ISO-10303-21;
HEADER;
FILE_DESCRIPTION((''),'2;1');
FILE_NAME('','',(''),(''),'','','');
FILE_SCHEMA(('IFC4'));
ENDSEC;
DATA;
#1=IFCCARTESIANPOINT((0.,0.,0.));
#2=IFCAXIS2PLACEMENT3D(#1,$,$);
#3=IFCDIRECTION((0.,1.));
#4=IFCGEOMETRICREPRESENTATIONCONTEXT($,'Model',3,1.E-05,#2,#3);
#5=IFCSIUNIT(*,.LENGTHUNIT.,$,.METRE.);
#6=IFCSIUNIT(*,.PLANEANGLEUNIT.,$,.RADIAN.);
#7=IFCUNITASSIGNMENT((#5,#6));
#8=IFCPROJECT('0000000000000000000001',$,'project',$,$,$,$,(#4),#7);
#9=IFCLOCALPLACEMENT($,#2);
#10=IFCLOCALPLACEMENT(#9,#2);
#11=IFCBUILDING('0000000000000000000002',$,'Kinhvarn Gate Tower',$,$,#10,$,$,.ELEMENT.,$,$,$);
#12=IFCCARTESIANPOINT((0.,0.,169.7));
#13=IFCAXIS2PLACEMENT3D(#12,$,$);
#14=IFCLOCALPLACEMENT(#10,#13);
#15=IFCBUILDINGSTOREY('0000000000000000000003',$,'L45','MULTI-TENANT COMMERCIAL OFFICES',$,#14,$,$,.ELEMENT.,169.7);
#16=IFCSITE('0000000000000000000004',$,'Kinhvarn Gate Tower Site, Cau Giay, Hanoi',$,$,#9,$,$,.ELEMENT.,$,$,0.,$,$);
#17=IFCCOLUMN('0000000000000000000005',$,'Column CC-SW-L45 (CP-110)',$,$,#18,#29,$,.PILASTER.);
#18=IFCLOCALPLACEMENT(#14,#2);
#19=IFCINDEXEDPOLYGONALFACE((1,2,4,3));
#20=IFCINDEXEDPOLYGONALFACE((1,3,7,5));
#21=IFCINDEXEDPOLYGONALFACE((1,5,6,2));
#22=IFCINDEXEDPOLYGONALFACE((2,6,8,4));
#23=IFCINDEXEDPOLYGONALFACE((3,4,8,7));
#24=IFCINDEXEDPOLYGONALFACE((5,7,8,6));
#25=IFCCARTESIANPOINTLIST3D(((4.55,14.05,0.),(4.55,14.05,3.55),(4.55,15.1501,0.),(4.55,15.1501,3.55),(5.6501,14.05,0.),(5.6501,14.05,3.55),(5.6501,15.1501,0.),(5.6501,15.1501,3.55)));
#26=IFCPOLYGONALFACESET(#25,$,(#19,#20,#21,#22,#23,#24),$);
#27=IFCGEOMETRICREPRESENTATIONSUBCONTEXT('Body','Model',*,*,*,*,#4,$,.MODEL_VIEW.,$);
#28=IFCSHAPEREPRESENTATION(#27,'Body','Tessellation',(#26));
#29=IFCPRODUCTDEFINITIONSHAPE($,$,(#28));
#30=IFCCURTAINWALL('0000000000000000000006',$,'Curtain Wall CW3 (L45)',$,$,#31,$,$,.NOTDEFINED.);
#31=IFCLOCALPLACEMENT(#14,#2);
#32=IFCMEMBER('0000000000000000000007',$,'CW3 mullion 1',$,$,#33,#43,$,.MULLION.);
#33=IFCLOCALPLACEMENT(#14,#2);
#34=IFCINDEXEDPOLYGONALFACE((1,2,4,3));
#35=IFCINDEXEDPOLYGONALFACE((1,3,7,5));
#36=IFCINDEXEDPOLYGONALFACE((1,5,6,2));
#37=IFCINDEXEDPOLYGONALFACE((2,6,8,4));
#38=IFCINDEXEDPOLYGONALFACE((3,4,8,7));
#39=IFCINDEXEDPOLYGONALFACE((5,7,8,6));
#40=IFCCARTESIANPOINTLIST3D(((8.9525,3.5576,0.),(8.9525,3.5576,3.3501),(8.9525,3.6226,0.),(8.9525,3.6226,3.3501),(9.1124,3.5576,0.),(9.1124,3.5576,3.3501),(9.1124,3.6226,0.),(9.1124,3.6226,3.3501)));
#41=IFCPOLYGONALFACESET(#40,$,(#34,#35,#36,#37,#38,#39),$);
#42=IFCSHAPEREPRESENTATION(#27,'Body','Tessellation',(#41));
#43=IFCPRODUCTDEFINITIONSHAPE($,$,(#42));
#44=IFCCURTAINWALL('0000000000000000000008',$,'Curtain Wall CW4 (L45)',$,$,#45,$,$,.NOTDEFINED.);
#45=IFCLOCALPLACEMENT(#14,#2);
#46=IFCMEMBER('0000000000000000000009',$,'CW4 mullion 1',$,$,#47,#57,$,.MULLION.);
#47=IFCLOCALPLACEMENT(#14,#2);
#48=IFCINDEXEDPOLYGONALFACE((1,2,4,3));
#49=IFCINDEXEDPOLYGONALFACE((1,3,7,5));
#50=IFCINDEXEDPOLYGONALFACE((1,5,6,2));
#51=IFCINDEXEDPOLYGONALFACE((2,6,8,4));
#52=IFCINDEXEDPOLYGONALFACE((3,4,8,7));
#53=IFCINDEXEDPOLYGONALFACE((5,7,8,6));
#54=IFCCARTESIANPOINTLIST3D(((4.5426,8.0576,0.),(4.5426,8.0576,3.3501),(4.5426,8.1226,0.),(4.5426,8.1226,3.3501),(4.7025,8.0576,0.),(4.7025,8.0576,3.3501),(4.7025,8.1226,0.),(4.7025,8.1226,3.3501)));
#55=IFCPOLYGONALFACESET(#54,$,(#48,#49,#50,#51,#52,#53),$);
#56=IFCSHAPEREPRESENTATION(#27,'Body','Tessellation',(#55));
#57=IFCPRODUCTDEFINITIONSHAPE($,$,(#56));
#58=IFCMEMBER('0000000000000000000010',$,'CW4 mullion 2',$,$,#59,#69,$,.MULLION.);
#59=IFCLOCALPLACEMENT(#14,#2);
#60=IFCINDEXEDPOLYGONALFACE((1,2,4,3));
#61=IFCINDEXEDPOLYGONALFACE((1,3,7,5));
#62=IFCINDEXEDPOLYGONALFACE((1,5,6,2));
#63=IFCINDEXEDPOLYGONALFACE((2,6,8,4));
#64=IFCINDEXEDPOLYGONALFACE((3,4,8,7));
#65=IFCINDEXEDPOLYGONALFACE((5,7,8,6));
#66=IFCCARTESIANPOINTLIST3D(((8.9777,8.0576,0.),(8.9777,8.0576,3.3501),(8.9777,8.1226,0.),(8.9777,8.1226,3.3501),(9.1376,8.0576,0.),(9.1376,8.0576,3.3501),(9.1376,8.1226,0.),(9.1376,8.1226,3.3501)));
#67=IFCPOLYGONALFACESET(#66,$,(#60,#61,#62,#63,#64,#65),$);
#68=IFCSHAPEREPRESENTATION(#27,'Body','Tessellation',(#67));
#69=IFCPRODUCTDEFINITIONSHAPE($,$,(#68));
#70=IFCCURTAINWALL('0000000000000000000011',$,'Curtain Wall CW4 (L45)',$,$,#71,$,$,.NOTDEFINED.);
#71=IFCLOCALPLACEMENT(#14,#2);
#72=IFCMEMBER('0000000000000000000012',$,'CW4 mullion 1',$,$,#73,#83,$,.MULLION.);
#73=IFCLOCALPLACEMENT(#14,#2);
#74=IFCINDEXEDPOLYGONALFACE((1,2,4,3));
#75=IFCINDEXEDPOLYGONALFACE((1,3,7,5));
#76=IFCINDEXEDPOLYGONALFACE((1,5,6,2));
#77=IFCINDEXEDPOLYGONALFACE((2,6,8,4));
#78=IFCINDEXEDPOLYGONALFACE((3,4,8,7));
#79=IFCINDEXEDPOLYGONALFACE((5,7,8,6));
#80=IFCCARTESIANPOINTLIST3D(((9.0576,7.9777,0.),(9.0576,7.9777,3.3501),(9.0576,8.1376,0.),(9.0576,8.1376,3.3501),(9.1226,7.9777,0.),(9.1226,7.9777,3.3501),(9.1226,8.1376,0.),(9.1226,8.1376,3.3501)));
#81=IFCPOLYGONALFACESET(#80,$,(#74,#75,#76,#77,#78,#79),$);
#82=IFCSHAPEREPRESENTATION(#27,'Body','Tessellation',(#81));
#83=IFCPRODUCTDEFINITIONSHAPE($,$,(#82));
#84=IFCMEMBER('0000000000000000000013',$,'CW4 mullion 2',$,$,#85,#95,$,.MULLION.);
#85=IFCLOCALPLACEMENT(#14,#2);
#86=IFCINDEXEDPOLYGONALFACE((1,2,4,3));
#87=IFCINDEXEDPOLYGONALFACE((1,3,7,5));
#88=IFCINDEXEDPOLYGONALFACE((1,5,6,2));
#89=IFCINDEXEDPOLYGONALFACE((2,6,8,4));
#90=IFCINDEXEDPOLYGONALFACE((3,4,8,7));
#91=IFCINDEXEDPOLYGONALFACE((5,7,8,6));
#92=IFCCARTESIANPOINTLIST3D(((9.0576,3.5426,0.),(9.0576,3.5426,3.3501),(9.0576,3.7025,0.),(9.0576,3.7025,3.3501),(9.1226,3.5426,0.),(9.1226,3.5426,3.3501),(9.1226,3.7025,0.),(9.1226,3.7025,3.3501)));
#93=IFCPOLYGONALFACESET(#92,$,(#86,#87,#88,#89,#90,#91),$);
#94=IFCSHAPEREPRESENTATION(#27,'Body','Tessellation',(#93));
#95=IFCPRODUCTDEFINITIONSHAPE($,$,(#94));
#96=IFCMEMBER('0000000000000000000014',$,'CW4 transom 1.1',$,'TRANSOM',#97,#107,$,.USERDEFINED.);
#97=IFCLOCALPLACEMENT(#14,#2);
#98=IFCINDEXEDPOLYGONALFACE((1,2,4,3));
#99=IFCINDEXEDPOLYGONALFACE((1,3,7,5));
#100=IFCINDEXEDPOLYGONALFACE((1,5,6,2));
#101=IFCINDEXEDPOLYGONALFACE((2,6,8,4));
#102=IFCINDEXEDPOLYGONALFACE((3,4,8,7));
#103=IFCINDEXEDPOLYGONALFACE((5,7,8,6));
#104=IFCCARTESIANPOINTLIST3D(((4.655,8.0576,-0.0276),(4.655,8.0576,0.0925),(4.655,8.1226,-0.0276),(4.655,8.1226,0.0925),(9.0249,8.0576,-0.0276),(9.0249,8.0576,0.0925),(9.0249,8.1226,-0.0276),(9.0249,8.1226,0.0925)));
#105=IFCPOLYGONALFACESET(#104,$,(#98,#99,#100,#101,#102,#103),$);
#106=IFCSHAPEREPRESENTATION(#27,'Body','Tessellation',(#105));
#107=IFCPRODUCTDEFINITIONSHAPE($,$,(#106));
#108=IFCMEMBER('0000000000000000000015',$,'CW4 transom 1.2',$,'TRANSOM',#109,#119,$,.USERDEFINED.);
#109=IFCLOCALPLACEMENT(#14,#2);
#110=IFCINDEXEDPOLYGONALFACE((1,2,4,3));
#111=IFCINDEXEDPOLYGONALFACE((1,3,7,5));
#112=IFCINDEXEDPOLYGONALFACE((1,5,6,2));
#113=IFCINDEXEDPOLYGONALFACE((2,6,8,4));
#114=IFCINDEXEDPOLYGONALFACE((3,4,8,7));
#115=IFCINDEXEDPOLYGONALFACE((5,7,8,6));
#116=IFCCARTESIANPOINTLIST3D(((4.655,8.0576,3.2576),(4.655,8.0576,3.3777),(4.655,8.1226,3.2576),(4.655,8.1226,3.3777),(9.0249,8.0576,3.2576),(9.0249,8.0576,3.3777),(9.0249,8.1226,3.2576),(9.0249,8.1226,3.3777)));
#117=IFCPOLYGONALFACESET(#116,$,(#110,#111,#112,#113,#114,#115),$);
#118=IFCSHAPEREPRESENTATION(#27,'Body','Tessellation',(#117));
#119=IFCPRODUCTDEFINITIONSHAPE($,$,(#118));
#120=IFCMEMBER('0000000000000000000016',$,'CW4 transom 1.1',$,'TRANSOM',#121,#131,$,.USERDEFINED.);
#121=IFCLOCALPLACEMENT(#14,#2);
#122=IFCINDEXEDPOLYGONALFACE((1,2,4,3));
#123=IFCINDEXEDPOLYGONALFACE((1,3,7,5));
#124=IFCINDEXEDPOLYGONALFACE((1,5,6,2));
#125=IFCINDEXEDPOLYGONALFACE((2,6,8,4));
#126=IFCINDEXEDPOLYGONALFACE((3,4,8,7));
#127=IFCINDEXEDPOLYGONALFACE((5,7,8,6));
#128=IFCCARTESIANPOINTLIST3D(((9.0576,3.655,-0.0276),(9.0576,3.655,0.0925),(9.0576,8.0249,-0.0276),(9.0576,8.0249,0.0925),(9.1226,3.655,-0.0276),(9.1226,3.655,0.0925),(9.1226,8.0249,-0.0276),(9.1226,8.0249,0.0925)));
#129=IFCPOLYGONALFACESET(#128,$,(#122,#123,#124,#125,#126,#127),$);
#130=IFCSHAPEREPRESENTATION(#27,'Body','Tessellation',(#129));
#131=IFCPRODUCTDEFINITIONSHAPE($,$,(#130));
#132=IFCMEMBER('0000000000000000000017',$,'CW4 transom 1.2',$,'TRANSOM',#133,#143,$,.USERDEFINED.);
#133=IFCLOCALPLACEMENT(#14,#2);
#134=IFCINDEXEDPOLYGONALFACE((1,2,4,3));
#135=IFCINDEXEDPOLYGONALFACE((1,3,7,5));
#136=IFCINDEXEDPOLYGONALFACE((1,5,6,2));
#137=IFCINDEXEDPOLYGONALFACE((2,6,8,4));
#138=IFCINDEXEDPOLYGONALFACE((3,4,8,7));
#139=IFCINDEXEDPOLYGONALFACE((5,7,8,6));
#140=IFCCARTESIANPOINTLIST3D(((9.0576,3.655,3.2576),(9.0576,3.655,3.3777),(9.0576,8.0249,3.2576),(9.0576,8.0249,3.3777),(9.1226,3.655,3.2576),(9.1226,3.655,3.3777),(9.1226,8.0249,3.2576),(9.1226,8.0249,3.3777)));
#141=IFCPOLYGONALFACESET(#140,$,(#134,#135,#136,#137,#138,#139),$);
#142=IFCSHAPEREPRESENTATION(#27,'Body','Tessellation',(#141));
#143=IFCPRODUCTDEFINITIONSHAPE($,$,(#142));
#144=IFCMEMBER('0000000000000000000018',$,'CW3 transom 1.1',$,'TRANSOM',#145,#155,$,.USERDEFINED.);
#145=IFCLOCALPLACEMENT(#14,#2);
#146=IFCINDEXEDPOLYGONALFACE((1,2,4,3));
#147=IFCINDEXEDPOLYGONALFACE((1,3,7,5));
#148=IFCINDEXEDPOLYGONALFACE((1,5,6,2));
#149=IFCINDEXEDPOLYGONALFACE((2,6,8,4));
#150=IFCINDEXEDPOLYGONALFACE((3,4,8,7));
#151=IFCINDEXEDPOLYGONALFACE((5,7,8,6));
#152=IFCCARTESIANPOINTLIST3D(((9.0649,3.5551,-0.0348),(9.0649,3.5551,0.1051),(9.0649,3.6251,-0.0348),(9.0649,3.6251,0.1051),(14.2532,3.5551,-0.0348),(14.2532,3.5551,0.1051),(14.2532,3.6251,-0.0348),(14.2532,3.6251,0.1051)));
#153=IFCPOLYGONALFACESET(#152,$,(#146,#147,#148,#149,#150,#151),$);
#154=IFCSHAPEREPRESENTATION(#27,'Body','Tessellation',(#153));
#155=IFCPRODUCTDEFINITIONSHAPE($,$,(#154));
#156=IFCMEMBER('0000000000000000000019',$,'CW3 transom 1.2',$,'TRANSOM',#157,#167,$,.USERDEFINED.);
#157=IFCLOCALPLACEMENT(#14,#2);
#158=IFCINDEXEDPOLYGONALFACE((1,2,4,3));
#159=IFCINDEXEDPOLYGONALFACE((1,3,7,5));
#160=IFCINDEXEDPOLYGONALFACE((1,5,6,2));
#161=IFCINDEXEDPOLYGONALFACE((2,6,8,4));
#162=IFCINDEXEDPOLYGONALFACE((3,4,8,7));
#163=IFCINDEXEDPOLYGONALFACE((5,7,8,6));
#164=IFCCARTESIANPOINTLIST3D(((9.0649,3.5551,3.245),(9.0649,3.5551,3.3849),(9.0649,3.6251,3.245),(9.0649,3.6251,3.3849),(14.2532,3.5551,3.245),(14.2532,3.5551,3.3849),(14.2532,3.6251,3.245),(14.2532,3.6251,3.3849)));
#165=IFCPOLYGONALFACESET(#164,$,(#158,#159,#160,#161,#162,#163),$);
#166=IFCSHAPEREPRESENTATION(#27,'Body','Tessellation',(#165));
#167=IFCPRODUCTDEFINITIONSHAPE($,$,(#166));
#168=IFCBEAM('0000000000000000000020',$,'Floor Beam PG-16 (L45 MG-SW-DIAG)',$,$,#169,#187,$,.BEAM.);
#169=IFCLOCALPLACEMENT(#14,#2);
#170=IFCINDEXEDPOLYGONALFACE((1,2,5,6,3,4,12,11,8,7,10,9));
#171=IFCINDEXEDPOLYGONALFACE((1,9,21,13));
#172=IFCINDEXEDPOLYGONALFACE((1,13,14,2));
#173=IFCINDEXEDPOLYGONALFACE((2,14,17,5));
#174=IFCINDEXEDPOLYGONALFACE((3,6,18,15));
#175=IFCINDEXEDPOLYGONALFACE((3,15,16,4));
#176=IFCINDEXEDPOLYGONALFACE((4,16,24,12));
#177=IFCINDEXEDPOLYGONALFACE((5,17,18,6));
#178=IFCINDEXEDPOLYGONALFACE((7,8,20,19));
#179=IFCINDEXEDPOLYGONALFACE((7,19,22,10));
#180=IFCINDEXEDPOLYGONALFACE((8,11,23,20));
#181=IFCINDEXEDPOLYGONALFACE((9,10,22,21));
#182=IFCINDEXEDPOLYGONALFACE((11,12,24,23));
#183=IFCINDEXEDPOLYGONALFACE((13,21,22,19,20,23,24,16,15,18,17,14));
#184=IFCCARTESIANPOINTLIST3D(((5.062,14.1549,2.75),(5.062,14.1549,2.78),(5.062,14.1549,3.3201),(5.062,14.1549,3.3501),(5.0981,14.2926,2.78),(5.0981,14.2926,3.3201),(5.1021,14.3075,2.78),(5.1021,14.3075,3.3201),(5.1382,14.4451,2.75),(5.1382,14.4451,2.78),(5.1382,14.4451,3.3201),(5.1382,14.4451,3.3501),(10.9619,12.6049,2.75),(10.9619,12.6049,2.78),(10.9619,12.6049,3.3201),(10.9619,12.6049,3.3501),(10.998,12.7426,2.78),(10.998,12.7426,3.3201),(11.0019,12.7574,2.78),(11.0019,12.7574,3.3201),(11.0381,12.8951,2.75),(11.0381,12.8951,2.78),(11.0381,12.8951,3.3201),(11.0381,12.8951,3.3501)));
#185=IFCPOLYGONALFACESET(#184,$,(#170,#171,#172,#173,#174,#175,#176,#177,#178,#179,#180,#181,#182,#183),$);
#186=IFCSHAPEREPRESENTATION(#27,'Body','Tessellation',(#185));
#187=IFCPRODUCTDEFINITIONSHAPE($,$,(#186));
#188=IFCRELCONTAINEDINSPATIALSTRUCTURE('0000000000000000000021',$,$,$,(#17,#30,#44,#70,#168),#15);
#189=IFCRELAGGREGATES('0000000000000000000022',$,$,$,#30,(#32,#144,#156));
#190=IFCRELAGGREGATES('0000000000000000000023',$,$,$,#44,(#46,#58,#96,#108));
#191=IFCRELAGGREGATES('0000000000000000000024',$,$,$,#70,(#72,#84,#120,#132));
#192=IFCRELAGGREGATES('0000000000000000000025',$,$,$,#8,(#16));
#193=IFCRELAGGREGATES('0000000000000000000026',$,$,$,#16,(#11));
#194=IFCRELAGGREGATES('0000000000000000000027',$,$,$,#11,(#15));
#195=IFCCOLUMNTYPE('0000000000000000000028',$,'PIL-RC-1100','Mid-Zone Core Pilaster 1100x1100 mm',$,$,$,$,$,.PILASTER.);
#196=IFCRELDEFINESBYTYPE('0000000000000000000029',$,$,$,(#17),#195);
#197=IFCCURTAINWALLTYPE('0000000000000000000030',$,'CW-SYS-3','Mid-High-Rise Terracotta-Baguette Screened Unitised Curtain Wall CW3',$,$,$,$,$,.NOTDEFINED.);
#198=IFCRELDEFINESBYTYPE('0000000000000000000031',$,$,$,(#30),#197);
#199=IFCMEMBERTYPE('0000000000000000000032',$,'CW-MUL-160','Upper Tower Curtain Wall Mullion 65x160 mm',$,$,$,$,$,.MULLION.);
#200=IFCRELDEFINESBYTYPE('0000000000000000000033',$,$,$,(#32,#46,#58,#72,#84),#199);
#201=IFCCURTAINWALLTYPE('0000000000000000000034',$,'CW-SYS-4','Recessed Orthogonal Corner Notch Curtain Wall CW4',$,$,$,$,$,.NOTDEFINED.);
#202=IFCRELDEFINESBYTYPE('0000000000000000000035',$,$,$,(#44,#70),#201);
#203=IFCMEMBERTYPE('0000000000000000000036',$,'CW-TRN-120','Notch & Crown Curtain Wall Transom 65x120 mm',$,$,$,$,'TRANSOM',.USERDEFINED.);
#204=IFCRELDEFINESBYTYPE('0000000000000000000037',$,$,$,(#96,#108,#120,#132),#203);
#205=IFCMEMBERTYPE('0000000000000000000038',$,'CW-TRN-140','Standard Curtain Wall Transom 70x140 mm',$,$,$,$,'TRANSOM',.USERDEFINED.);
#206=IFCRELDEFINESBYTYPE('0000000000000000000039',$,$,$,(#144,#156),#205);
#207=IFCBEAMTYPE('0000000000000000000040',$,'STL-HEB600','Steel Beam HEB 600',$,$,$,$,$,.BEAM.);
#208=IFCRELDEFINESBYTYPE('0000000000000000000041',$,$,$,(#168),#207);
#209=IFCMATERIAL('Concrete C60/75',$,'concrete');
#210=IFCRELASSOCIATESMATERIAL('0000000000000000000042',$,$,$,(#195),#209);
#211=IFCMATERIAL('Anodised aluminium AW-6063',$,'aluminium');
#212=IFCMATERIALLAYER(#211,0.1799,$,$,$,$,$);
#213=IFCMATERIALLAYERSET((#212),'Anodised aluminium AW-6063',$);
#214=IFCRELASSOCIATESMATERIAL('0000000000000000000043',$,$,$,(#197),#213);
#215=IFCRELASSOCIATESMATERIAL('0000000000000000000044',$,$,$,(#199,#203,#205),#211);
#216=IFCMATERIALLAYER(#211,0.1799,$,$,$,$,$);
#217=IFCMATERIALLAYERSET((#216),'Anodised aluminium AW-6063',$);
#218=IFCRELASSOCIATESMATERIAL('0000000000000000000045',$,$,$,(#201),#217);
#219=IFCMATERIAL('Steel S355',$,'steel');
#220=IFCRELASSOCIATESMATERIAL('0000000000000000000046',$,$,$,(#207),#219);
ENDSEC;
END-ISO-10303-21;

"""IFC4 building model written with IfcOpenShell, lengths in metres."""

from ifc_helpers import new_model, si_unit, direction, frame, origin, origin_2d, place, context, subcontext, project, spatial, rectangle, i_section, extrude, material, layer, layer_set, material_profile, profile_set, type_object, element, aggregate, save


model = new_model("IFC4")

# Units and contexts
model_context = context("Model", 3, precision=1e-05, world=origin(), true_north=direction((0.0, 1.0)))
body_context = subcontext(model_context, "Body", "Model", "MODEL_VIEW")
ifc_project = project(units=[si_unit("LENGTHUNIT", "METRE"), si_unit("PLANEANGLEUNIT", "RADIAN")], contexts=[model_context])

# Site, building, storey
site_placement = place(None, origin())
site = spatial("IfcSite", under=ifc_project, at=site_placement, Name="Kinhvarn Gate Tower Site, Cau Giay, Hanoi", CompositionType="ELEMENT", RefElevation=0.0)
building_placement = place(site_placement, origin())
building = spatial("IfcBuilding", under=site, at=building_placement, Name="Kinhvarn Gate Tower", CompositionType="ELEMENT")
storey_placement = place(building_placement, frame((0.0, 0.0, 169.7)))
storey = spatial("IfcBuildingStorey", under=building, at=storey_placement, Name="L45", Description="MULTI-TENANT COMMERCIAL OFFICES", CompositionType="ELEMENT", Elevation=169.7)

# Column
ifc_material_1 = material(Name="Concrete C60/75", Category="concrete")
ifc_material_profile_1 = material_profile(ifc_material_1, rectangle(XDim=1.1001, YDim=1.1001, at=origin_2d()), Name="RC 1100x1100")
ifc_profile_set_1 = profile_set([ifc_material_profile_1], Name="Concrete C60/75")
column_type = type_object("IfcColumnType", Name="PIL-RC-1100", Description="Mid-Zone Core Pilaster 1100x1100 mm", PredefinedType="PILASTER", material=ifc_profile_set_1)
column_placement = place(storey_placement, frame((5.1001, 14.6001, 0.0), z_axis=(0.0, 0.0, 1.0), x_axis=(1.0, 0.0, 0.0)))
element("IfcColumn", 1, at=column_placement, inside=storey, type_object=column_type, Name="Column CC-SW-L45 (CP-110)", PredefinedType="PILASTER", context=body_context, shape_type="SweptSolid", body=[
    extrude(rectangle(XDim=1.1001, YDim=1.1001, at=origin_2d()), origin(), (0.0, 0.0, 1.0), 3.55),
])

# Curtain wall, member
ifc_material_2 = material(Name="Anodised aluminium AW-6063", Category="aluminium")
ifc_layer_1 = layer(ifc_material_2, 0.1799)
ifc_layer_set_1 = layer_set([ifc_layer_1], Name="Anodised aluminium AW-6063")
curtain_wall_type_1 = type_object("IfcCurtainWallType", Name="CW-SYS-3", Description="Mid-High-Rise Terracotta-Baguette Screened Unitised Curtain Wall CW3", PredefinedType="NOTDEFINED", material=ifc_layer_set_1)
curtain_wall_1_placement = place(storey_placement, origin())
curtain_wall_1 = element("IfcCurtainWall", 2, at=curtain_wall_1_placement, inside=storey, type_object=curtain_wall_type_1, Name="Curtain Wall CW3 (L45)", PredefinedType="NOTDEFINED")
ifc_material_profile_2 = material_profile(ifc_material_2, rectangle(XDim=0.0649, YDim=0.1599, at=origin_2d()), Name="ALU 65x160")
ifc_profile_set_2 = profile_set([ifc_material_profile_2], Name="Anodised aluminium AW-6063")
member_type_1 = type_object("IfcMemberType", Name="CW-MUL-160", Description="Upper Tower Curtain Wall Mullion 65x160 mm", PredefinedType="MULLION", material=ifc_profile_set_2)
member_1_placement = place(storey_placement, frame((9.0325, 3.5901, 0.0), z_axis=(0.0, 0.0, 1.0), x_axis=(0.0, 1.0, 0.0)))
member_1 = element("IfcMember", 3, at=member_1_placement, type_object=member_type_1, Name="CW3 mullion 1", PredefinedType="MULLION", context=body_context, shape_type="SweptSolid", body=[
    extrude(rectangle(XDim=0.0649, YDim=0.1599, at=origin_2d()), origin(), (0.0, 0.0, 1.0), 3.3501),
])

# Curtain walls, members
ifc_layer_2 = layer(ifc_material_2, 0.1799)
ifc_layer_set_2 = layer_set([ifc_layer_2], Name="Anodised aluminium AW-6063")
curtain_wall_type_2 = type_object("IfcCurtainWallType", Name="CW-SYS-4", Description="Recessed Orthogonal Corner Notch Curtain Wall CW4", PredefinedType="NOTDEFINED", material=ifc_layer_set_2)
curtain_wall_2_placement = place(storey_placement, origin())
curtain_wall_2 = element("IfcCurtainWall", 4, at=curtain_wall_2_placement, inside=storey, type_object=curtain_wall_type_2, Name="Curtain Wall CW4 (L45)", PredefinedType="NOTDEFINED")
member_2_placement = place(storey_placement, frame((4.6226, 8.0901, 0.0), z_axis=(0.0, 0.0, 1.0), x_axis=(0.0, 1.0, 0.0)))
member_2 = element("IfcMember", 5, at=member_2_placement, type_object=member_type_1, Name="CW4 mullion 1", PredefinedType="MULLION", context=body_context, shape_type="SweptSolid", body=[
    extrude(rectangle(XDim=0.0649, YDim=0.1599, at=origin_2d()), origin(), (0.0, 0.0, 1.0), 3.3501),
])
member_3_placement = place(storey_placement, frame((9.0576, 8.0901, 0.0), z_axis=(0.0, 0.0, 1.0), x_axis=(0.0, 1.0, 0.0)))
member_3 = element("IfcMember", 6, at=member_3_placement, type_object=member_type_1, Name="CW4 mullion 2", PredefinedType="MULLION", context=body_context, shape_type="SweptSolid", body=[
    extrude(rectangle(XDim=0.0649, YDim=0.1599, at=origin_2d()), origin(), (0.0, 0.0, 1.0), 3.3501),
])
curtain_wall_3_placement = place(storey_placement, origin())
curtain_wall_3 = element("IfcCurtainWall", 7, at=curtain_wall_3_placement, inside=storey, type_object=curtain_wall_type_2, Name="Curtain Wall CW4 (L45)", PredefinedType="NOTDEFINED")
member_4_placement = place(storey_placement, frame((9.0901, 8.0576, 0.0), z_axis=(0.0, 0.0, 1.0), x_axis=(1.0, 0.0, 0.0)))
member_4 = element("IfcMember", 8, at=member_4_placement, type_object=member_type_1, Name="CW4 mullion 1", PredefinedType="MULLION", context=body_context, shape_type="SweptSolid", body=[
    extrude(rectangle(XDim=0.0649, YDim=0.1599, at=origin_2d()), origin(), (0.0, 0.0, 1.0), 3.3501),
])
member_5_placement = place(storey_placement, frame((9.0901, 3.6226, 0.0), z_axis=(0.0, 0.0, 1.0), x_axis=(1.0, 0.0, 0.0)))
member_5 = element("IfcMember", 9, at=member_5_placement, type_object=member_type_1, Name="CW4 mullion 2", PredefinedType="MULLION", context=body_context, shape_type="SweptSolid", body=[
    extrude(rectangle(XDim=0.0649, YDim=0.1599, at=origin_2d()), origin(), (0.0, 0.0, 1.0), 3.3501),
])

# Members
ifc_material_profile_3 = material_profile(ifc_material_2, rectangle(XDim=0.0649, YDim=0.1201, at=origin_2d()), Name="ALU 65x120")
ifc_profile_set_3 = profile_set([ifc_material_profile_3], Name="Anodised aluminium AW-6063")
member_type_2 = type_object("IfcMemberType", Name="CW-TRN-120", Description="Notch & Crown Curtain Wall Transom 65x120 mm", ElementType="TRANSOM", PredefinedType="USERDEFINED", material=ifc_profile_set_3)
member_6_placement = place(storey_placement, frame((4.655, 8.0901, 0.0325), z_axis=(1.0, 0.0, 0.0), x_axis=(0.0, 1.0, 0.0)))
member_6 = element("IfcMember", 10, at=member_6_placement, type_object=member_type_2, Name="CW4 transom 1.1", ObjectType="TRANSOM", PredefinedType="USERDEFINED", context=body_context, shape_type="SweptSolid", body=[
    extrude(rectangle(XDim=0.0649, YDim=0.1201, at=origin_2d()), origin(), (0.0, 0.0, 1.0), 4.3699),
])
member_7_placement = place(storey_placement, frame((4.655, 8.0901, 3.3176), z_axis=(1.0, 0.0, 0.0), x_axis=(0.0, 1.0, 0.0)))
member_7 = element("IfcMember", 11, at=member_7_placement, type_object=member_type_2, Name="CW4 transom 1.2", ObjectType="TRANSOM", PredefinedType="USERDEFINED", context=body_context, shape_type="SweptSolid", body=[
    extrude(rectangle(XDim=0.0649, YDim=0.1201, at=origin_2d()), origin(), (0.0, 0.0, 1.0), 4.3699),
])
member_8_placement = place(storey_placement, frame((9.0901, 8.0249, 0.0325), z_axis=(0.0, -1.0, 0.0), x_axis=(1.0, 0.0, 0.0)))
member_8 = element("IfcMember", 12, at=member_8_placement, type_object=member_type_2, Name="CW4 transom 1.1", ObjectType="TRANSOM", PredefinedType="USERDEFINED", context=body_context, shape_type="SweptSolid", body=[
    extrude(rectangle(XDim=0.0649, YDim=0.1201, at=origin_2d()), origin(), (0.0, 0.0, 1.0), 4.3699),
])
member_9_placement = place(storey_placement, frame((9.0901, 8.0249, 3.3176), z_axis=(0.0, -1.0, 0.0), x_axis=(1.0, 0.0, 0.0)))
member_9 = element("IfcMember", 13, at=member_9_placement, type_object=member_type_2, Name="CW4 transom 1.2", ObjectType="TRANSOM", PredefinedType="USERDEFINED", context=body_context, shape_type="SweptSolid", body=[
    extrude(rectangle(XDim=0.0649, YDim=0.1201, at=origin_2d()), origin(), (0.0, 0.0, 1.0), 4.3699),
])
ifc_material_profile_4 = material_profile(ifc_material_2, rectangle(XDim=0.0701, YDim=0.1399, at=origin_2d()), Name="ALU 70x140")
ifc_profile_set_4 = profile_set([ifc_material_profile_4], Name="Anodised aluminium AW-6063")
member_type_3 = type_object("IfcMemberType", Name="CW-TRN-140", Description="Standard Curtain Wall Transom 70x140 mm", ElementType="TRANSOM", PredefinedType="USERDEFINED", material=ifc_profile_set_4)
member_10_placement = place(storey_placement, frame((9.0649, 3.5901, 0.0352), z_axis=(1.0, 0.0, 0.0), x_axis=(0.0, 1.0, 0.0)))
member_10 = element("IfcMember", 14, at=member_10_placement, type_object=member_type_3, Name="CW3 transom 1.1", ObjectType="TRANSOM", PredefinedType="USERDEFINED", context=body_context, shape_type="SweptSolid", body=[
    extrude(rectangle(XDim=0.0701, YDim=0.1399, at=origin_2d()), origin(), (0.0, 0.0, 1.0), 5.1882),
])
member_11_placement = place(storey_placement, frame((9.0649, 3.5901, 3.3149), z_axis=(1.0, 0.0, 0.0), x_axis=(0.0, 1.0, 0.0)))
member_11 = element("IfcMember", 15, at=member_11_placement, type_object=member_type_3, Name="CW3 transom 1.2", ObjectType="TRANSOM", PredefinedType="USERDEFINED", context=body_context, shape_type="SweptSolid", body=[
    extrude(rectangle(XDim=0.0701, YDim=0.1399, at=origin_2d()), origin(), (0.0, 0.0, 1.0), 5.1882),
])
aggregate(curtain_wall_1, [member_1, member_10, member_11])

# Beam
ifc_material_3 = material(Name="Steel S355", Category="steel")
ifc_material_profile_5 = material_profile(ifc_material_3, i_section(OverallWidth=0.3, OverallDepth=0.6001, WebThickness=0.0154, FlangeThickness=0.03, at=origin_2d()), Name="HEB 600")
ifc_profile_set_5 = profile_set([ifc_material_profile_5], Name="Steel S355")
beam_type = type_object("IfcBeamType", Name="STL-HEB600", Description="Steel Beam HEB 600", PredefinedType="BEAM", material=ifc_profile_set_5)
beam_placement = place(storey_placement, frame((5.1001, 14.3, 3.05), z_axis=(0.967178, -0.254101, 0.0), x_axis=(0.254101, 0.967178, 0.0)))
element("IfcBeam", 16, at=beam_placement, inside=storey, type_object=beam_type, Name="Floor Beam PG-16 (L45 MG-SW-DIAG)", PredefinedType="BEAM", context=body_context, shape_type="SweptSolid", body=[
    extrude(i_section(OverallWidth=0.3, OverallDepth=0.6001, WebThickness=0.0154, FlangeThickness=0.03, at=origin_2d()), origin(), (0.0, 0.0, 1.0), 6.1001),
])

aggregate(curtain_wall_2, [member_2, member_3, member_6, member_7])
aggregate(curtain_wall_3, [member_4, member_5, member_8, member_9])

save(model, "model.ifc")
